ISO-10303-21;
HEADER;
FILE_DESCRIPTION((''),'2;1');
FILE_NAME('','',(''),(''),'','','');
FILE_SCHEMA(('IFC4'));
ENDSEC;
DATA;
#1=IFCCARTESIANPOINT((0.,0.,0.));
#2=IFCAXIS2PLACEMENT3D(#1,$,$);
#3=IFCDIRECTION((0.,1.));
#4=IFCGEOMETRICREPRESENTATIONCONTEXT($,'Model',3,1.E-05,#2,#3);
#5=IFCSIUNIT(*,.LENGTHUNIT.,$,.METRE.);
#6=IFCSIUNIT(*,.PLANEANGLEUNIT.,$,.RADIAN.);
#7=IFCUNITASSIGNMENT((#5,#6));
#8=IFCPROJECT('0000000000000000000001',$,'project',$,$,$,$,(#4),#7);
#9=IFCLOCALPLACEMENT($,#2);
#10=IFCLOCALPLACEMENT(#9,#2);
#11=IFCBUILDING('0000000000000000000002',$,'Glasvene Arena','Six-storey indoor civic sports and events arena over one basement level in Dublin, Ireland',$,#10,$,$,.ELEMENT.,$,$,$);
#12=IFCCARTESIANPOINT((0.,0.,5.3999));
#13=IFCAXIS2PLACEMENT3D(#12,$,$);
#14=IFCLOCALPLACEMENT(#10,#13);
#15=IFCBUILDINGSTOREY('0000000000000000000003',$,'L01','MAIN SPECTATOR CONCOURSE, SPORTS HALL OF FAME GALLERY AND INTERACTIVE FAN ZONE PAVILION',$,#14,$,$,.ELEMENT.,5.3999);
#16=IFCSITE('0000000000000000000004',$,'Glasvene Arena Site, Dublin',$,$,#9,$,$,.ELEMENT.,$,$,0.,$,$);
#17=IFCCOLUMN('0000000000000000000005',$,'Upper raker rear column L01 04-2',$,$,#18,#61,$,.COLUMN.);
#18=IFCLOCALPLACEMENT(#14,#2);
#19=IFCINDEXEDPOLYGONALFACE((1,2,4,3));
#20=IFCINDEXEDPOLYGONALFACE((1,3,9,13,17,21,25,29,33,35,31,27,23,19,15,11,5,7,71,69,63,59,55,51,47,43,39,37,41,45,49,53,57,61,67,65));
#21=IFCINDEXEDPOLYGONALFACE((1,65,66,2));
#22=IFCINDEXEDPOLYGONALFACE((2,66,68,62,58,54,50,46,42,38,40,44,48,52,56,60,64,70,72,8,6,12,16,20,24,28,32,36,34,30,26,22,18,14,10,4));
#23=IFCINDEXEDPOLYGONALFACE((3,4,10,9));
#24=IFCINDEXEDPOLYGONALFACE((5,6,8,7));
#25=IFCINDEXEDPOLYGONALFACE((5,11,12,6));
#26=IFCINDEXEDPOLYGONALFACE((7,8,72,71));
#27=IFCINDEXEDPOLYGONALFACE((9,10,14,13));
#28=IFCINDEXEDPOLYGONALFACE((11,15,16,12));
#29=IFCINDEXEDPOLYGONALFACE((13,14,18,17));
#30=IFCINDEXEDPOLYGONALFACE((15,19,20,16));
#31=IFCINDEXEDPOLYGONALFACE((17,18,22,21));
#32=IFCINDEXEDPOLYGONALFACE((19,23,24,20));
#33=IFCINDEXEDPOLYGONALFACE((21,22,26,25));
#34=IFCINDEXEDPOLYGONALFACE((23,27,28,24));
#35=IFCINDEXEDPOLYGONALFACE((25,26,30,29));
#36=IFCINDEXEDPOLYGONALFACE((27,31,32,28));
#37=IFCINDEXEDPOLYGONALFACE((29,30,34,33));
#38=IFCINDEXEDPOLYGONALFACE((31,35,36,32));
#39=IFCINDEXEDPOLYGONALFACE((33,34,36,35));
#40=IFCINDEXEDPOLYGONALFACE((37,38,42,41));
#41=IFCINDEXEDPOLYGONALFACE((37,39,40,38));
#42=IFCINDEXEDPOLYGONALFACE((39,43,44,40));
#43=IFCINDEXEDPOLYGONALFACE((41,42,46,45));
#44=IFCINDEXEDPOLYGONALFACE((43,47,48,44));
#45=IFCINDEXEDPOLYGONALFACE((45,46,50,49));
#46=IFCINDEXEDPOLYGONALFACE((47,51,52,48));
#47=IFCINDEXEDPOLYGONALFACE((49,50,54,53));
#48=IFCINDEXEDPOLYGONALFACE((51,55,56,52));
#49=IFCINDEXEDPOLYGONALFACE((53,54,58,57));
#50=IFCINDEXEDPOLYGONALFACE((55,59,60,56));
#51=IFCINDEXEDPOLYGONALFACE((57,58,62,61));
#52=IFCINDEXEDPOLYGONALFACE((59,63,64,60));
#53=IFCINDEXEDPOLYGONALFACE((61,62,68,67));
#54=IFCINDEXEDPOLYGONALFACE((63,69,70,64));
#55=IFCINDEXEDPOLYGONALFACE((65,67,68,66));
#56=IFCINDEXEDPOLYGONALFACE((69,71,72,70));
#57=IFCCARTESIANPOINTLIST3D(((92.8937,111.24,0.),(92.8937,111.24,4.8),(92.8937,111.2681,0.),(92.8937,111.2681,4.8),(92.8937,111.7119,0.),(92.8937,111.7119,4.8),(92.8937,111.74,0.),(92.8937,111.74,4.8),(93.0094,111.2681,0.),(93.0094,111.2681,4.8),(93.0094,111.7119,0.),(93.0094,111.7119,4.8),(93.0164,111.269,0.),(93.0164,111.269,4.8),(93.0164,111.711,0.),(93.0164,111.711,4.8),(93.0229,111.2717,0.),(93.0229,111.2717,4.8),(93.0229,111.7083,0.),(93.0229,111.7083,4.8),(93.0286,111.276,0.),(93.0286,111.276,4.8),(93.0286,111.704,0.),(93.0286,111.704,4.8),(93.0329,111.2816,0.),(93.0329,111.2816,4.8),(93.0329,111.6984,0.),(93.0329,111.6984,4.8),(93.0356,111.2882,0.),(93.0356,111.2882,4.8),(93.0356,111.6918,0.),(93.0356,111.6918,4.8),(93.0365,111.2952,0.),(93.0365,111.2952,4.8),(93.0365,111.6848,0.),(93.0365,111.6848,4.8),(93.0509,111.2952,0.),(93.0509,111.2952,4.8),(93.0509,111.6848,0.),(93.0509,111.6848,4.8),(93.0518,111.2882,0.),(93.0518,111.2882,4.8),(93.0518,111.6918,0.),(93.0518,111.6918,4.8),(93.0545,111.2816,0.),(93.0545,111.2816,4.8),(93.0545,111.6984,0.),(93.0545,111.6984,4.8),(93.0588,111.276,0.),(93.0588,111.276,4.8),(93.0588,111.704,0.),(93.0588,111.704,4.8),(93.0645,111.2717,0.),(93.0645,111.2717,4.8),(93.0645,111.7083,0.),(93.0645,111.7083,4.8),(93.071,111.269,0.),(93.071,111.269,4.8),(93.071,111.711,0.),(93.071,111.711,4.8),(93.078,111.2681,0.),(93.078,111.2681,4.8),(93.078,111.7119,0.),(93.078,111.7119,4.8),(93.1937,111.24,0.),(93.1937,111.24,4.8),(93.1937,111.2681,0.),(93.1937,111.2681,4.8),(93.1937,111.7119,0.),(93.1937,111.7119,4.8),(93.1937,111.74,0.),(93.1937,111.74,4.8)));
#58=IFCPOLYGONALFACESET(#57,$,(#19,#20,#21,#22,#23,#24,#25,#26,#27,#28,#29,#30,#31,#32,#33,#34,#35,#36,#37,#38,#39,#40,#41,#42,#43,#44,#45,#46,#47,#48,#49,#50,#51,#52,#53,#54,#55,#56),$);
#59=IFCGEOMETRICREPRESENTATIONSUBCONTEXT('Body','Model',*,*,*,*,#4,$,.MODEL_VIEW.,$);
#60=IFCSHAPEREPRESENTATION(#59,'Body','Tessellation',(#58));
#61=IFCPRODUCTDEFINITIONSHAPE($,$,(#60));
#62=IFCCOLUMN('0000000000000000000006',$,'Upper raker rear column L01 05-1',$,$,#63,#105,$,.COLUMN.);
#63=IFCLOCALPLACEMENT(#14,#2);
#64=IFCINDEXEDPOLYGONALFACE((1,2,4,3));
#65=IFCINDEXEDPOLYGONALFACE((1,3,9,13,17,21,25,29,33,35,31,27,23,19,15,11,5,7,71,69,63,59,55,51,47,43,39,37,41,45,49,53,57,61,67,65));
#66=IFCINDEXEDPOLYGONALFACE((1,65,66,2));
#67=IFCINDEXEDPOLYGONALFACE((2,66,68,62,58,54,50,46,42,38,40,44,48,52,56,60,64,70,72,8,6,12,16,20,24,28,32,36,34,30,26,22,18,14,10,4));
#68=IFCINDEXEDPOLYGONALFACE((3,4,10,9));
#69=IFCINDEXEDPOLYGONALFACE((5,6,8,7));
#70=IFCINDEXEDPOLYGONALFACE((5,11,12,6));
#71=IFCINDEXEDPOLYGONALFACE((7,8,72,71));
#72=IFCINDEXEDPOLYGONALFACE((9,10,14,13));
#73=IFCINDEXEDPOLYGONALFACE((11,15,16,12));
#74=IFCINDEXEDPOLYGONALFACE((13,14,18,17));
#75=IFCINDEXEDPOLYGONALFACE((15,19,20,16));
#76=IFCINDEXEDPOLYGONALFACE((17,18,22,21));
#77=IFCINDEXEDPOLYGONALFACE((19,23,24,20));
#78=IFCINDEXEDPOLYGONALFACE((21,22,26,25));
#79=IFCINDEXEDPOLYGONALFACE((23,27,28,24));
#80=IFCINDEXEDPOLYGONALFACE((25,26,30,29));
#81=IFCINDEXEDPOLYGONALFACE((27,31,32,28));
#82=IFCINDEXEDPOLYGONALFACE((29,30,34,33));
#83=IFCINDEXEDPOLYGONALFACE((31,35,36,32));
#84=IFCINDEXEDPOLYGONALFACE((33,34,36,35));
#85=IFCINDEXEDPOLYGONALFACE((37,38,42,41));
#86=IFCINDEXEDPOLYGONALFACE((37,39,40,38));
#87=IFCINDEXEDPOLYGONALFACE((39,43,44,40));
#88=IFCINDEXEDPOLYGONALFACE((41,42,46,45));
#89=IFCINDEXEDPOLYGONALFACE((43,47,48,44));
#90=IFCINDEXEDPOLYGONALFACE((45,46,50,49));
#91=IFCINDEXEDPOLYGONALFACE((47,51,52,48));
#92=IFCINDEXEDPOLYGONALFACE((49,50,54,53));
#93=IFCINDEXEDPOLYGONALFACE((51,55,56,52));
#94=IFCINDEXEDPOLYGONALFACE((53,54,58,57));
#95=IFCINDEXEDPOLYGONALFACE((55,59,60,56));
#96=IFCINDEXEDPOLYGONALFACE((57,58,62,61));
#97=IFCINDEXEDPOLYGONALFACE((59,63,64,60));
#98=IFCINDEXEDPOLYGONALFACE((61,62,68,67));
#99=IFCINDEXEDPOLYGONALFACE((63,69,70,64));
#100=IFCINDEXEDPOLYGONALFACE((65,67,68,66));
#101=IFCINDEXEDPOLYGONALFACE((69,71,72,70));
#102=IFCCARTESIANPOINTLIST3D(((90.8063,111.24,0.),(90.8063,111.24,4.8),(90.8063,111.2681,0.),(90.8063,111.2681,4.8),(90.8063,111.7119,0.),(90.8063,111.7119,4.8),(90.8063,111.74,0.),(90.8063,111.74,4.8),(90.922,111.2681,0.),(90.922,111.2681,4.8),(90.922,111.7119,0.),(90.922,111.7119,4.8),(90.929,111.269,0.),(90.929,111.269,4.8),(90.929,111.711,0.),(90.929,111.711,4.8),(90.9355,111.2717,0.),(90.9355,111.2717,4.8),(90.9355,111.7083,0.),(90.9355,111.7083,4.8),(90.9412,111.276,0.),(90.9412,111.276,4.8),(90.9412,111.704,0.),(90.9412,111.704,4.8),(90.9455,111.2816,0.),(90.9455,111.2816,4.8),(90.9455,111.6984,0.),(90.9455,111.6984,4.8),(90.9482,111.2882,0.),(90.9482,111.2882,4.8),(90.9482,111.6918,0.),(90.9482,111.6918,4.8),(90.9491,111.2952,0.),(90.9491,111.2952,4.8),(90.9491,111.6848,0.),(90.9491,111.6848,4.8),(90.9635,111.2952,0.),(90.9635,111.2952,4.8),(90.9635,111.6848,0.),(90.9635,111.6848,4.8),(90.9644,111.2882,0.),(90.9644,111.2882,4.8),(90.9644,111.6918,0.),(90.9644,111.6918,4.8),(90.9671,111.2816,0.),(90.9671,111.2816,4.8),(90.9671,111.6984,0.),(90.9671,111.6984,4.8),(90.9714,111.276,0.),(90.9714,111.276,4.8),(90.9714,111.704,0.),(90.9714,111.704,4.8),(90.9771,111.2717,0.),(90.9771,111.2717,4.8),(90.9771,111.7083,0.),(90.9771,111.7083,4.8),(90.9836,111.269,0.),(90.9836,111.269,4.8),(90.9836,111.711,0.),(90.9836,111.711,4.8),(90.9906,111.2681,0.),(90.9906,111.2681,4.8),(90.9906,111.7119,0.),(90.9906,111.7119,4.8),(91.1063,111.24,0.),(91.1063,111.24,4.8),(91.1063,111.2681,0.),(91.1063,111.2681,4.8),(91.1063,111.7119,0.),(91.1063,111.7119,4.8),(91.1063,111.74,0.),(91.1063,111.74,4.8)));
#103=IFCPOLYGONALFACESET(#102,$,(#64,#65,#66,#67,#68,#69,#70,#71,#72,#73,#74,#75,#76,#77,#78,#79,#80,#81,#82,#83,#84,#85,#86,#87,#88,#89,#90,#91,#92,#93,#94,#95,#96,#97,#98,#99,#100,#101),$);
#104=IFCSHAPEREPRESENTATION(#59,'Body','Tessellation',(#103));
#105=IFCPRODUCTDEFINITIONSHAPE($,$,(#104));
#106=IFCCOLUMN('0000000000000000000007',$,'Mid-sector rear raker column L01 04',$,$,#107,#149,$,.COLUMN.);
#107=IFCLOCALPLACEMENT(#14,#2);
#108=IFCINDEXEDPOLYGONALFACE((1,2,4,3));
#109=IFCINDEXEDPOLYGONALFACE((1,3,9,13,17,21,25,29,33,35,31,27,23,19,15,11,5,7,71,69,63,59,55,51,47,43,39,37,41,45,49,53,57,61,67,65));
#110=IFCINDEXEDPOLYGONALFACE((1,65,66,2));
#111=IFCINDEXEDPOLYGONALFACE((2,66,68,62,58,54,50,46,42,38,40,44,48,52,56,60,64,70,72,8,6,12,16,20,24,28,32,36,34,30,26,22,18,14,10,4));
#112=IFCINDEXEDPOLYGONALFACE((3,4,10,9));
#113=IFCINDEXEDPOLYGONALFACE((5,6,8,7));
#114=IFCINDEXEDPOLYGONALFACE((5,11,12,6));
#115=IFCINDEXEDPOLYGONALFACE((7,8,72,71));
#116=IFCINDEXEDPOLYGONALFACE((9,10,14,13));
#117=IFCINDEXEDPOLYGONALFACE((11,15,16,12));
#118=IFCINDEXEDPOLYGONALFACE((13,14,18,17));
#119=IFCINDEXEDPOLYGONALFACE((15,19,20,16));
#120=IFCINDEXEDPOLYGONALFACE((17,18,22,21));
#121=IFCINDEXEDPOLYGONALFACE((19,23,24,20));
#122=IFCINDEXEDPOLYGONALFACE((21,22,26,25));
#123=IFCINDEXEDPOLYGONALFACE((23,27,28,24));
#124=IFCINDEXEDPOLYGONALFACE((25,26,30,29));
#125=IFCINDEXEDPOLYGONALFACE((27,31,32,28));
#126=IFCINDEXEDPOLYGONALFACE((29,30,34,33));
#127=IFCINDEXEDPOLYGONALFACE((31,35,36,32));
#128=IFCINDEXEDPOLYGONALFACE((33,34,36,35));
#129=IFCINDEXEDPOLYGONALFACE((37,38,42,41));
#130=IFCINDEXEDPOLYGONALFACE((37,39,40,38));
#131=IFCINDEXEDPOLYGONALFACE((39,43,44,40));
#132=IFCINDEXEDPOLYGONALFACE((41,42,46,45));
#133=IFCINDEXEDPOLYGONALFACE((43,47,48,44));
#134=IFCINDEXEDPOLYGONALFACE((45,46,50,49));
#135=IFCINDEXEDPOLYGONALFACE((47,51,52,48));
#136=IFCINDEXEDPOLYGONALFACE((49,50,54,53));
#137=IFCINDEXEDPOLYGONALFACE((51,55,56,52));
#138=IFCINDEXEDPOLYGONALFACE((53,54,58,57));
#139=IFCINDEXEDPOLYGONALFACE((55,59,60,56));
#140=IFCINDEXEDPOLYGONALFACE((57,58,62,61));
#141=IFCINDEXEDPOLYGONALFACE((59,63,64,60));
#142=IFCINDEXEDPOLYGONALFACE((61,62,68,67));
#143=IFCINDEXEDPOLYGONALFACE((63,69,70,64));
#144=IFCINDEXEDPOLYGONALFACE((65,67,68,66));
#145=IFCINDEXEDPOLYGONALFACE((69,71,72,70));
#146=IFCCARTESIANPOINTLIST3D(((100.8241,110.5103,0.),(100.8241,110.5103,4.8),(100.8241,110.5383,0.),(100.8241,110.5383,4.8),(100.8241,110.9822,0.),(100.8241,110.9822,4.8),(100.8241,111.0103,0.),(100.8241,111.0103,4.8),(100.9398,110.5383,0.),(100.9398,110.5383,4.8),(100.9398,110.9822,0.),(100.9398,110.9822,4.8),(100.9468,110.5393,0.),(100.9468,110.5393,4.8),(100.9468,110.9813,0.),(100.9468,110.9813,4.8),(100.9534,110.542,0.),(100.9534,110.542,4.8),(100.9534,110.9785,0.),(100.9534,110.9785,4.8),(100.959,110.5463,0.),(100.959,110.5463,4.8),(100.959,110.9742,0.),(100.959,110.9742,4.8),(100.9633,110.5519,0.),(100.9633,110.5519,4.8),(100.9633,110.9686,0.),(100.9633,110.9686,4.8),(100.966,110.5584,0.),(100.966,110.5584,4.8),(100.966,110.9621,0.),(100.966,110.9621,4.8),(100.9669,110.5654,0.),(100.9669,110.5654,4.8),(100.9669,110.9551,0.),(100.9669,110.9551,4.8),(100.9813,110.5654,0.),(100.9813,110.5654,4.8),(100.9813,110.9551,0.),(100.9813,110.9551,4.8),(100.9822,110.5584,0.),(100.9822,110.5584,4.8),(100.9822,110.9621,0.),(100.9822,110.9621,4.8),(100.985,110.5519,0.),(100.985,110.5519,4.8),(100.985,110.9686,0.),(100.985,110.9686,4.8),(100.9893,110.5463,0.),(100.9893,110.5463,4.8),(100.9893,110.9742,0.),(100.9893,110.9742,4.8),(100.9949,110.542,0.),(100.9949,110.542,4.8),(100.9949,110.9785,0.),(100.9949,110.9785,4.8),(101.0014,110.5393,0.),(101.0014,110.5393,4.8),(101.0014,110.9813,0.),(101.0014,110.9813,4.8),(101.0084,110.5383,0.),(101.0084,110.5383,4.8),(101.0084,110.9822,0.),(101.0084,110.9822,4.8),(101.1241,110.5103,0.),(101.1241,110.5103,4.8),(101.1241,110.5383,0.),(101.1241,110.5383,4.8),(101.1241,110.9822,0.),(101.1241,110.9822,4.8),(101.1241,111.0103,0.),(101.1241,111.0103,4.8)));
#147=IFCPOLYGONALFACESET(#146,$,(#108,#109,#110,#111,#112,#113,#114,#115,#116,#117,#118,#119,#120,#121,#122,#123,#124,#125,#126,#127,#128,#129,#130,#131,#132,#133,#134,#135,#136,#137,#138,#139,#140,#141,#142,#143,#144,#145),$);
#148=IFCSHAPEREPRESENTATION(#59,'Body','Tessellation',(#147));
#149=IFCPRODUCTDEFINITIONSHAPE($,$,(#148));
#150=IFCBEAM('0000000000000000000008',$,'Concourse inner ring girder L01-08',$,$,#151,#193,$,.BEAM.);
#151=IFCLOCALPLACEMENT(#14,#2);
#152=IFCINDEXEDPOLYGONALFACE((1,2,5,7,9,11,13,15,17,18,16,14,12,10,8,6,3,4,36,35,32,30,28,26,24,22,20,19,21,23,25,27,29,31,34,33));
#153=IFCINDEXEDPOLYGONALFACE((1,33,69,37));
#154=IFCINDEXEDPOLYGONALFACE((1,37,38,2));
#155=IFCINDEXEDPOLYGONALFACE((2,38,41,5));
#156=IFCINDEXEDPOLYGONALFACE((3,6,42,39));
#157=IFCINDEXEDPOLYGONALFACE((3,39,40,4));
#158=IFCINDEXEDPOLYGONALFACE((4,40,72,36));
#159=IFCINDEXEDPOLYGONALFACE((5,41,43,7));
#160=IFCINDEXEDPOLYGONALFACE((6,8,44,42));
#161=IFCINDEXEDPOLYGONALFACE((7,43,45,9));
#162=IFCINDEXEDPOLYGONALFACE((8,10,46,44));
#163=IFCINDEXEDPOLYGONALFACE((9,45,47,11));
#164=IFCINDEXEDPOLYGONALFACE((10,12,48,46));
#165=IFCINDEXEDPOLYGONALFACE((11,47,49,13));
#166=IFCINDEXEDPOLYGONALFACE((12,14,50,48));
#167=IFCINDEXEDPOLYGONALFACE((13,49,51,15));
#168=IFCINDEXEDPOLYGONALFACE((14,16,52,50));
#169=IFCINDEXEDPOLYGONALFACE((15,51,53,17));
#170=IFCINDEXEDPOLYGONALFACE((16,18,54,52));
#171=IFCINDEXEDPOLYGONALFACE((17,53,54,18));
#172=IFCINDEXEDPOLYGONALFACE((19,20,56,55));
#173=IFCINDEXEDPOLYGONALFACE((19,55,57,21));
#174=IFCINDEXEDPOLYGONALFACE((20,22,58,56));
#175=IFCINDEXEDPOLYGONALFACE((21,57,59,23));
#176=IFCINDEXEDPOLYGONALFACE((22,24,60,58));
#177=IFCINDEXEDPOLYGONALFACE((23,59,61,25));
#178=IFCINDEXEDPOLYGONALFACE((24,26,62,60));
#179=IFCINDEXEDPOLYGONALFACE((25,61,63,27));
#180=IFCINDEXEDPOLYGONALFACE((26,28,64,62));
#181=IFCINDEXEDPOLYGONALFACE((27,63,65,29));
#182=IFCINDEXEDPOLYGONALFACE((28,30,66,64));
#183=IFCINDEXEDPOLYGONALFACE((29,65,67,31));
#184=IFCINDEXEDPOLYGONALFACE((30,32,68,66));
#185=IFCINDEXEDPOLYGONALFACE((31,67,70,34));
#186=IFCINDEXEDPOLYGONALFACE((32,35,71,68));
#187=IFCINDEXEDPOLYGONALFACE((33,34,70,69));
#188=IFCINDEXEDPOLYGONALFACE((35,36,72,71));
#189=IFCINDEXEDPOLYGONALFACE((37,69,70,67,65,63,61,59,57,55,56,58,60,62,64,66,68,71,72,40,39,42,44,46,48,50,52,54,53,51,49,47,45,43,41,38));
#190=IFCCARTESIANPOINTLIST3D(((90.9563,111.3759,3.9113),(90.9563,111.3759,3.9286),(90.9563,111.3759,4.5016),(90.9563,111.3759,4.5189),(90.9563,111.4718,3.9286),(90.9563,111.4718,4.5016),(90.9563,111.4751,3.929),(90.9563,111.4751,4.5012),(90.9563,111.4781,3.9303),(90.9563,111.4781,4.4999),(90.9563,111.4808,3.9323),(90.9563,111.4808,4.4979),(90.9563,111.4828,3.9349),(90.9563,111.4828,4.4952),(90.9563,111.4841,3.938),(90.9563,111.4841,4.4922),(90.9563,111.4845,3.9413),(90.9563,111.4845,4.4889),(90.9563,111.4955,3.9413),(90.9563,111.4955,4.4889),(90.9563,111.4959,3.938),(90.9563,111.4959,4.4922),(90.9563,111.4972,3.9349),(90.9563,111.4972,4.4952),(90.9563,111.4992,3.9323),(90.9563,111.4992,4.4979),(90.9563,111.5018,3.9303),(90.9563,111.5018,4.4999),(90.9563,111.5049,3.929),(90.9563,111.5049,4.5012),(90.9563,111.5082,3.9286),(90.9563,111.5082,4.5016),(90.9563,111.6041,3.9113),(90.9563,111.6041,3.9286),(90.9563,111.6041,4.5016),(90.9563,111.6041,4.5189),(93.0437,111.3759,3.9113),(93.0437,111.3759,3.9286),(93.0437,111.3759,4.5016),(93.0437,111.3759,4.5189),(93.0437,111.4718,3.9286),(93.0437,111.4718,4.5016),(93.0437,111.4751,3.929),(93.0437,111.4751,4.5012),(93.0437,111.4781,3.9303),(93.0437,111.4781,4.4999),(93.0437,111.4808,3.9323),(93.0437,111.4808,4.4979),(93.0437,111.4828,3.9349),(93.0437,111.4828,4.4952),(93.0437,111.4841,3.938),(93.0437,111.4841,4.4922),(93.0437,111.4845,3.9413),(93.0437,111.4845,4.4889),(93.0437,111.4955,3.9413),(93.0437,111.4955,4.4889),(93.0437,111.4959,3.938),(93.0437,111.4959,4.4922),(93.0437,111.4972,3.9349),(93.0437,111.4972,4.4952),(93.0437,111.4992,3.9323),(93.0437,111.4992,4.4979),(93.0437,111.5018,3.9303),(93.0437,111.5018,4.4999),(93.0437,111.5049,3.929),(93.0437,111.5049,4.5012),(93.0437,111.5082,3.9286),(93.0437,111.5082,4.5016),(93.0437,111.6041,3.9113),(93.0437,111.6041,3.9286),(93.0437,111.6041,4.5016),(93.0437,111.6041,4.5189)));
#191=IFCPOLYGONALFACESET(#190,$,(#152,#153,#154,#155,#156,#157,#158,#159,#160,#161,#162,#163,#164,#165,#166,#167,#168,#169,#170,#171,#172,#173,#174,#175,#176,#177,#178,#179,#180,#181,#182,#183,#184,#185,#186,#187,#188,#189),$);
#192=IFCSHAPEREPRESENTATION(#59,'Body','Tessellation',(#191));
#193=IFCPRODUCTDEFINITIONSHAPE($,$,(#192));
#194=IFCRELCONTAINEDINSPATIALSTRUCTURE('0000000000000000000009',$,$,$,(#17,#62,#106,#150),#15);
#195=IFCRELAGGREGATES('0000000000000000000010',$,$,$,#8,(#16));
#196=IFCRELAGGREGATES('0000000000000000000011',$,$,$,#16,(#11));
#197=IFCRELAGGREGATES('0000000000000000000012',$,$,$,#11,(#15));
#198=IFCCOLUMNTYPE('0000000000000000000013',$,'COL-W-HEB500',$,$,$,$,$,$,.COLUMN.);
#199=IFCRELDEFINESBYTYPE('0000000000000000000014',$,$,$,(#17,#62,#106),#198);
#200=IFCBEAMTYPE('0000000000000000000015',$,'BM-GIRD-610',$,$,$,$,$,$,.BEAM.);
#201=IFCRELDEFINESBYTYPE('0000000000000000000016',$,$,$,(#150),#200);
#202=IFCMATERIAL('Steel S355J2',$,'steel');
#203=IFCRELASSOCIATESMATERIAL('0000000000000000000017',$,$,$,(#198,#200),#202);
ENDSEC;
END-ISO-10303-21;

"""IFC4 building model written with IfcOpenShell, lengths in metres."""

from ifc_helpers import new_model, si_unit, direction, frame, origin, origin_2d, place, context, subcontext, project, spatial, i_section, extrude, material, material_profile, profile_set, type_object, element, save


model = new_model("IFC4")

# Units and contexts
model_context = context("Model", 3, precision=1e-05, world=origin(), true_north=direction((0.0, 1.0)))
body_context = subcontext(model_context, "Body", "Model", "MODEL_VIEW")
ifc_project = project(units=[si_unit("LENGTHUNIT", "METRE"), si_unit("PLANEANGLEUNIT", "RADIAN")], contexts=[model_context])

# Site, building, storey
site_placement = place(None, origin())
site = spatial("IfcSite", under=ifc_project, at=site_placement, Name="Glasvene Arena Site, Dublin", CompositionType="ELEMENT", RefElevation=0.0)
building_placement = place(site_placement, origin())
building = spatial("IfcBuilding", under=site, at=building_placement, Name="Glasvene Arena", Description="Six-storey indoor civic sports and events arena over one basement level in Dublin, Ireland", CompositionType="ELEMENT")
storey_placement = place(building_placement, frame((0.0, 0.0, 5.3999)))
storey = spatial("IfcBuildingStorey", under=building, at=storey_placement, Name="L01", Description="MAIN SPECTATOR CONCOURSE, SPORTS HALL OF FAME GALLERY AND INTERACTIVE FAN ZONE PAVILION", CompositionType="ELEMENT", Elevation=5.3999)

# Columns
ifc_material_1 = material(Name="Steel S355J2", Category="steel")
ifc_material_profile_1 = material_profile(ifc_material_1, i_section(OverallWidth=0.3, OverallDepth=0.5, WebThickness=0.0144, FlangeThickness=0.0281, FilletRadius=0.0271, at=origin_2d()), Name="HEB 500")
ifc_profile_set_1 = profile_set([ifc_material_profile_1], Name="Steel S355J2")
column_type = type_object("IfcColumnType", Name="COL-W-HEB500", PredefinedType="COLUMN", material=ifc_profile_set_1)
for number, where, z_axis, x_axis, name in (
    (1, (93.0437, 111.49, 0.0), (0.0, 0.0, 1.0), (1.0, 0.0, 0.0), "Upper raker rear column L01 04-2"),
    (2, (90.9563, 111.49, 0.0), (0.0, 0.0, 1.0), (1.0, 0.0, 0.0), "Upper raker rear column L01 05-1"),
    (3, (100.9741, 110.7603, 0.0), (0.0, 0.0, 1.0), (1.0, 0.0, 0.0), "Mid-sector rear raker column L01 04"),
):
    element("IfcColumn", number, at=place(storey_placement, frame(where, z_axis=z_axis, x_axis=x_axis)), inside=storey, type_object=column_type, Name=name, PredefinedType="COLUMN", context=body_context, shape_type="SweptSolid", body=[
        extrude(i_section(OverallWidth=0.3, OverallDepth=0.5, WebThickness=0.0144, FlangeThickness=0.0281, FilletRadius=0.0271, at=origin_2d()), origin(), (0.0, 0.0, 1.0), 4.8),
    ])

# Beam
ifc_material_profile_2 = material_profile(ifc_material_1, i_section(OverallWidth=0.2283, OverallDepth=0.6077, WebThickness=0.011, FlangeThickness=0.0173, FilletRadius=0.0127, at=origin_2d()), Name="UKB 610x229x113")
ifc_profile_set_2 = profile_set([ifc_material_profile_2], Name="Steel S355J2")
beam_type_1 = type_object("IfcBeamType", Name="BM-GIRD-610", PredefinedType="BEAM", material=ifc_profile_set_2)
beam_1_placement = place(storey_placement, frame((93.0437, 111.49, 4.2151), z_axis=(-1.0, 0.0, 0.0), x_axis=(0.0, -1.0, 0.0)))
element("IfcBeam", 4, at=beam_1_placement, inside=storey, type_object=beam_type_1, Name="Concourse inner ring girder L01-08", PredefinedType="BEAM", context=body_context, shape_type="SweptSolid", body=[
    extrude(i_section(OverallWidth=0.2283, OverallDepth=0.6077, WebThickness=0.011, FlangeThickness=0.0173, FilletRadius=0.0127, at=origin_2d()), origin(), (0.0, 0.0, 1.0), 2.0874),
])

save(model, "model.ifc")
